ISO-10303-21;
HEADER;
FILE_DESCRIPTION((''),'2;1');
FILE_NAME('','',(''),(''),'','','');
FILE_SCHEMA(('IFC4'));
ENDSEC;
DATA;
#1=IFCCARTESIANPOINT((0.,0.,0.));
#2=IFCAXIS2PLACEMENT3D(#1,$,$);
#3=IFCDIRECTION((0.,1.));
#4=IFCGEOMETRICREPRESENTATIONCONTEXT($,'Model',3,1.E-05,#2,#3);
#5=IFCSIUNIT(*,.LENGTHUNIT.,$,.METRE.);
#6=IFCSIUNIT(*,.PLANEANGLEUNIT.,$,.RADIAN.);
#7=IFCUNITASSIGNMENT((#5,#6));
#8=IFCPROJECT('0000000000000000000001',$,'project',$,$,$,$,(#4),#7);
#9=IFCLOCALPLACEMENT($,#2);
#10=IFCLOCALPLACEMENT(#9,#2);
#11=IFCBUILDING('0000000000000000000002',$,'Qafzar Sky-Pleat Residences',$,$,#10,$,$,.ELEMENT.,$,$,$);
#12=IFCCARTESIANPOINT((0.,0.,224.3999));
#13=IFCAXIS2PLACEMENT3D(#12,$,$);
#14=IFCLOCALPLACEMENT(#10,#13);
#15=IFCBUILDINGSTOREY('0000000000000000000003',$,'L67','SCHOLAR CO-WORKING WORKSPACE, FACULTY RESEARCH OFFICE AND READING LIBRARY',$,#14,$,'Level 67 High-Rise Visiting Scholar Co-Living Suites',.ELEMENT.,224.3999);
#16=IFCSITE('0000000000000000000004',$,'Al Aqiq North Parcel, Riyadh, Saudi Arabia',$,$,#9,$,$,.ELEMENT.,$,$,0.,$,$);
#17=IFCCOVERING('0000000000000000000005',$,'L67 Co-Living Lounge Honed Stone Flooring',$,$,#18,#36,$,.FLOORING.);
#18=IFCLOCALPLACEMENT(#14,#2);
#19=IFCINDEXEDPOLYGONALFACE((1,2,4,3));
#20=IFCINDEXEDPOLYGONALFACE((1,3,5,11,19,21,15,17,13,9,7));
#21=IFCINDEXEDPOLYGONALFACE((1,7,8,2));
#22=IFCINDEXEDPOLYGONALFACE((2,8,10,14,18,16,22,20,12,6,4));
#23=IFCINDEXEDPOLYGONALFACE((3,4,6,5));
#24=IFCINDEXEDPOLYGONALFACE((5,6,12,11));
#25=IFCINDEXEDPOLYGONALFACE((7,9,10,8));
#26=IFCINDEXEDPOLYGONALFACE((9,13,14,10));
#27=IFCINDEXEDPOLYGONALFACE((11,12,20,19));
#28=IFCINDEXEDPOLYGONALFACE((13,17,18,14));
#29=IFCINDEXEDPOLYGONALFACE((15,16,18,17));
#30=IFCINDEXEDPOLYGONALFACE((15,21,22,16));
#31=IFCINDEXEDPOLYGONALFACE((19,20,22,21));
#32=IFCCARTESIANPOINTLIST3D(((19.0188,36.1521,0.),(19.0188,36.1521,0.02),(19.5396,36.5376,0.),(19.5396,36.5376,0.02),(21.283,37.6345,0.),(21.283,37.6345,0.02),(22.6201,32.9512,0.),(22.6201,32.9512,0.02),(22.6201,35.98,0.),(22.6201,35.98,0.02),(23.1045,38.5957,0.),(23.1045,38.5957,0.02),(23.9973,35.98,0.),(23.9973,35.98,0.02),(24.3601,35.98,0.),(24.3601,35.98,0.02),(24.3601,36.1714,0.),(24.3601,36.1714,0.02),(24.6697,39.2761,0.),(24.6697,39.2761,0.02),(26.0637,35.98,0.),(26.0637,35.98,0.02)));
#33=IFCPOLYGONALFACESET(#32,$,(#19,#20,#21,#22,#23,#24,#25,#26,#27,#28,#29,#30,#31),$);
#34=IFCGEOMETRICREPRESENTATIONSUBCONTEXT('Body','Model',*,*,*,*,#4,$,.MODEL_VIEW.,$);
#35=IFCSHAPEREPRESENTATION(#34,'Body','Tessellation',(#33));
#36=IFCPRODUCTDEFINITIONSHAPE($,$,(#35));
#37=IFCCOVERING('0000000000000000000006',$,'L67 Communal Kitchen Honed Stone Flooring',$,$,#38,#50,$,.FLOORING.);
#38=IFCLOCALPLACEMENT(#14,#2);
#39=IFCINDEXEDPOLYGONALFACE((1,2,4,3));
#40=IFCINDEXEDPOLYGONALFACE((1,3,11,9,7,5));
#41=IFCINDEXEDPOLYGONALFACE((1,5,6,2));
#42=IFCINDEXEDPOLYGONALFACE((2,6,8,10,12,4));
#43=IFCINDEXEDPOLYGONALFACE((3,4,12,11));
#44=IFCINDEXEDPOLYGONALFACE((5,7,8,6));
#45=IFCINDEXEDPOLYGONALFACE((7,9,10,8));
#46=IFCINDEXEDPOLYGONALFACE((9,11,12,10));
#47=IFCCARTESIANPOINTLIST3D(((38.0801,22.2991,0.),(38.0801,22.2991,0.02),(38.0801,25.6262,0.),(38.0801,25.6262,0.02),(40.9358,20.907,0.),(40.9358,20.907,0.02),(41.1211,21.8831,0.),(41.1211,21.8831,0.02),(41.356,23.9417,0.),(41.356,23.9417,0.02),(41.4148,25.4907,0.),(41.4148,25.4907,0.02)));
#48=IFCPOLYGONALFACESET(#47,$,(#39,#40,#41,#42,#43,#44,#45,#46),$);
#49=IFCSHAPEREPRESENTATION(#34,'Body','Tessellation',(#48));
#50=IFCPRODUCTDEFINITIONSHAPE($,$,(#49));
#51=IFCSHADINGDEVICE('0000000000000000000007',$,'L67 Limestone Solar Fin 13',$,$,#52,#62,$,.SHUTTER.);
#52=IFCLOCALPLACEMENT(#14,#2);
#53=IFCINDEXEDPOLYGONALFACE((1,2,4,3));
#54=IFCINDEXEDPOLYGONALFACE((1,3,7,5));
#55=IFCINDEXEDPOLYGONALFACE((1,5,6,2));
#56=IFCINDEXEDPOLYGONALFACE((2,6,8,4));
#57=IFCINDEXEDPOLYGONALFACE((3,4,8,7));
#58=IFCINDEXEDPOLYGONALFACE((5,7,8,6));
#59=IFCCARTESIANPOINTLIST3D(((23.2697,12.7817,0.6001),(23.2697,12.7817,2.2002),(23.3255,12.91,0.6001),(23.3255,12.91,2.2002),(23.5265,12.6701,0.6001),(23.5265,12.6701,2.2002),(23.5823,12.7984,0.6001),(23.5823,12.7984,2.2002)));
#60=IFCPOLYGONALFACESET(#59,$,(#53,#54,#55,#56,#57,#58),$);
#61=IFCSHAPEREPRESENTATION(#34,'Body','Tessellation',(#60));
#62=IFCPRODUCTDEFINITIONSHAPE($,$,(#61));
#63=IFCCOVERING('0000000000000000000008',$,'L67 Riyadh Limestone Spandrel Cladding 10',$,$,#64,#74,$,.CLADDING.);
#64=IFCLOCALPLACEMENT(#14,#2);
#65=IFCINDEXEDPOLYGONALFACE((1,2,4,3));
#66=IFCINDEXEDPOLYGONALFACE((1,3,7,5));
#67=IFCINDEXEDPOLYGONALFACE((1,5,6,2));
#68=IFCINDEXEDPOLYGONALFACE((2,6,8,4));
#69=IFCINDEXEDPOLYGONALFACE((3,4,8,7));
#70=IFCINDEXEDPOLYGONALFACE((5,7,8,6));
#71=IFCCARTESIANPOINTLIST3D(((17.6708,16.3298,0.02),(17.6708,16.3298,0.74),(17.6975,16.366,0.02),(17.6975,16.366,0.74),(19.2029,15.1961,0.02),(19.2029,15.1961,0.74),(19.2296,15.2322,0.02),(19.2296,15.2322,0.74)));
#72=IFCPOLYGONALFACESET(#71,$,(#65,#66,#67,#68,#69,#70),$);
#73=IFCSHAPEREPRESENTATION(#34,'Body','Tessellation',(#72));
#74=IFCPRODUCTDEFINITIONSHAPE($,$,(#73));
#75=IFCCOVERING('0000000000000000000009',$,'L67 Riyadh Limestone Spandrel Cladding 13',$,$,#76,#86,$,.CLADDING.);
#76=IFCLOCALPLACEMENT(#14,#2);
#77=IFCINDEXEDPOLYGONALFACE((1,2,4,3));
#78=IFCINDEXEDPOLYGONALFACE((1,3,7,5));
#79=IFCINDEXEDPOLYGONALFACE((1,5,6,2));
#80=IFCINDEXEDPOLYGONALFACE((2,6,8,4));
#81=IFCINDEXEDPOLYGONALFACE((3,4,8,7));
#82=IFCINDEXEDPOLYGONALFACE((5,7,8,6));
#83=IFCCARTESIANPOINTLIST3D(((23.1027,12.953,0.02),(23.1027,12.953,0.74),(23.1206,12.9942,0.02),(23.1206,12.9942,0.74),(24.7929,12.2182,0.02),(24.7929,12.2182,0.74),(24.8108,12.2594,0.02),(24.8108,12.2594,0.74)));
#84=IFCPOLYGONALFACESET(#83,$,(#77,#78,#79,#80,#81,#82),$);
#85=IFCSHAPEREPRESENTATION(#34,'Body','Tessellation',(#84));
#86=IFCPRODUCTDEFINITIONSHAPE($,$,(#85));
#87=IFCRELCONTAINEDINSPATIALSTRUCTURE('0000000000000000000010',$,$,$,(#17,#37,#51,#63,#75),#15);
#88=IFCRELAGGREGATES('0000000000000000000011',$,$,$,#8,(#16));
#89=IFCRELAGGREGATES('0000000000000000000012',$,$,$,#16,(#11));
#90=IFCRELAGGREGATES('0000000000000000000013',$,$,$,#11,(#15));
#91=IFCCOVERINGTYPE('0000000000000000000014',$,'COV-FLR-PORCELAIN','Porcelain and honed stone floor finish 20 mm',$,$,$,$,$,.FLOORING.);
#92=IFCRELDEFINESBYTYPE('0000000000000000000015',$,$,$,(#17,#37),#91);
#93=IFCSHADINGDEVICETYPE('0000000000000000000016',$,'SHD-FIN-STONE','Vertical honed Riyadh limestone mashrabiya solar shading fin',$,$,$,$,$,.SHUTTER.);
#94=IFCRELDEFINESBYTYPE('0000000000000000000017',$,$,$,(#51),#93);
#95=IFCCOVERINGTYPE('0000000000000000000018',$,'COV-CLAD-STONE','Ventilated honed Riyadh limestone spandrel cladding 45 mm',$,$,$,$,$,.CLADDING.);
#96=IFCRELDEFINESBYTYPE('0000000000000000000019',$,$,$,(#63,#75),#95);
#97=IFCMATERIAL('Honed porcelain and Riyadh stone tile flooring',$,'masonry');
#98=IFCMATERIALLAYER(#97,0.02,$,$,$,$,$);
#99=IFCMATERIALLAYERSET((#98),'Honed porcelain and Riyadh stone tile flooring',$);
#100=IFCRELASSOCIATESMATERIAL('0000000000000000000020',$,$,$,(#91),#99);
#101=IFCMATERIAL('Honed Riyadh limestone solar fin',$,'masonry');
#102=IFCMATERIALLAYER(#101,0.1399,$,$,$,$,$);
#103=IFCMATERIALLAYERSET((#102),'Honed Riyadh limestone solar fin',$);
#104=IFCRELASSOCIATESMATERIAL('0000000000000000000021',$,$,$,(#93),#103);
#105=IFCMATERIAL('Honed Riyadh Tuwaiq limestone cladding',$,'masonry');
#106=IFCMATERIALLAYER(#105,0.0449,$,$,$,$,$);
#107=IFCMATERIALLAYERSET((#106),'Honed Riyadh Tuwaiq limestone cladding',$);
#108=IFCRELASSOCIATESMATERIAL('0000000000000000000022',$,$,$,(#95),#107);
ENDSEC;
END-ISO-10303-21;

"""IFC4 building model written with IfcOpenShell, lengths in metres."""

from ifc_helpers import new_model, si_unit, direction, frame, origin, origin_2d, place, context, subcontext, project, spatial, polyline, rectangle, outline, extrude, source, transform, mapped, material, layer, layer_set, type_object, element, save


model = new_model("IFC4")

# Units and contexts
model_context = context("Model", 3, precision=1e-05, world=origin(), true_north=direction((0.0, 1.0)))
body_context = subcontext(model_context, "Body", "Model", "MODEL_VIEW")
ifc_project = project(units=[si_unit("LENGTHUNIT", "METRE"), si_unit("PLANEANGLEUNIT", "RADIAN")], contexts=[model_context])

# Site, building, storey
site_placement = place(None, origin())
site = spatial("IfcSite", under=ifc_project, at=site_placement, Name="Al Aqiq North Parcel, Riyadh, Saudi Arabia", CompositionType="ELEMENT", RefElevation=0.0)
building_placement = place(site_placement, origin())
building = spatial("IfcBuilding", under=site, at=building_placement, Name="Qafzar Sky-Pleat Residences", CompositionType="ELEMENT")
storey_placement = place(building_placement, frame((0.0, 0.0, 224.3999)))
storey = spatial("IfcBuildingStorey", under=building, at=storey_placement, Name="L67", Description="SCHOLAR CO-WORKING WORKSPACE, FACULTY RESEARCH OFFICE AND READING LIBRARY", LongName="Level 67 High-Rise Visiting Scholar Co-Living Suites", CompositionType="ELEMENT", Elevation=224.3999)

# Coverings
ifc_material_1 = material(Name="Honed porcelain and Riyadh stone tile flooring", Category="masonry")
ifc_layer_1 = layer(ifc_material_1, 0.02)
ifc_layer_set_1 = layer_set([ifc_layer_1], Name="Honed porcelain and Riyadh stone tile flooring")
covering_type_1 = type_object("IfcCoveringType", Name="COV-FLR-PORCELAIN", Description="Porcelain and honed stone floor finish 20 mm", PredefinedType="FLOORING", material=ifc_layer_set_1)
covering_1_placement = place(storey_placement, origin())
element("IfcCovering", 1, at=covering_1_placement, inside=storey, type_object=covering_type_1, Name="L67 Co-Living Lounge Honed Stone Flooring", PredefinedType="FLOORING", context=body_context, shape_type="SweptSolid", body=[
    extrude(outline(polyline([(19.5396, 36.5376), (21.283, 37.6345), (23.1045, 38.5957), (24.6697, 39.2761), (26.0637, 35.98), (24.3601, 35.98), (24.3601, 36.1714), (23.9973, 35.98), (22.6201, 35.98), (22.6201, 32.9512), (19.0188, 36.1521), (19.5396, 36.5376)])), origin(), (0.0, 0.0, 1.0), 0.02),
])
covering_2_placement = place(storey_placement, origin())
element("IfcCovering", 2, at=covering_2_placement, inside=storey, type_object=covering_type_1, Name="L67 Communal Kitchen Honed Stone Flooring", PredefinedType="FLOORING", context=body_context, shape_type="SweptSolid", body=[
    extrude(outline(polyline([(41.356, 23.9417), (41.1211, 21.8831), (40.9358, 20.907), (38.0801, 22.2991), (38.0801, 25.6262), (41.4148, 25.4907), (41.356, 23.9417)])), origin(), (0.0, 0.0, 1.0), 0.02),
])

# Shading device
ifc_material_2 = material(Name="Honed Riyadh limestone solar fin", Category="masonry")
ifc_layer_2 = layer(ifc_material_2, 0.1399)
ifc_layer_set_2 = layer_set([ifc_layer_2], Name="Honed Riyadh limestone solar fin")
shading_device_type = type_object("IfcShadingDeviceType", Name="SHD-FIN-STONE", Description="Vertical honed Riyadh limestone mashrabiya solar shading fin", PredefinedType="SHUTTER", material=ifc_layer_set_2)
shared_shape_1 = source(origin(), body_context, "Body", "SweptSolid", [
    extrude(rectangle(XDim=0.1399, YDim=0.28, at=origin_2d()), origin(), (0.0, 0.0, 1.0), 1.6001),
])
shading_device_placement = place(storey_placement, frame((23.426, 12.79, 0.6001), z_axis=(0.0, 0.0, 1.0), x_axis=(-0.398679, -0.91709, 0.0)))
element("IfcShadingDevice", 3, at=shading_device_placement, inside=storey, type_object=shading_device_type, Name="L67 Limestone Solar Fin 13", PredefinedType="SHUTTER", context=body_context, shape_type="MappedRepresentation", body=[
    mapped(shared_shape_1, transform((0.0, 0.0, 0.0), x_axis=(1.0, 0.0, 0.0), y_axis=(0.0, 1.0, 0.0), z_axis=(0.0, 0.0, 1.0), scale=1.0)),
])

# Coverings
ifc_material_3 = material(Name="Honed Riyadh Tuwaiq limestone cladding", Category="masonry")
ifc_layer_3 = layer(ifc_material_3, 0.0449)
ifc_layer_set_3 = layer_set([ifc_layer_3], Name="Honed Riyadh Tuwaiq limestone cladding")
covering_type_2 = type_object("IfcCoveringType", Name="COV-CLAD-STONE", Description="Ventilated honed Riyadh limestone spandrel cladding 45 mm", PredefinedType="CLADDING", material=ifc_layer_set_3)
shared_shape_2 = source(origin(), body_context, "Body", "SweptSolid", [
    extrude(rectangle(XDim=1.906, YDim=0.0449, at=origin_2d()), origin(), (0.0, 0.0, 1.0), 0.72),
])
covering_3_placement = place(storey_placement, frame((18.4502, 15.781, 0.02), z_axis=(0.0, 0.0, 1.0), x_axis=(0.803836, -0.59485, 0.0)))
element("IfcCovering", 4, at=covering_3_placement, inside=storey, type_object=covering_type_2, Name="L67 Riyadh Limestone Spandrel Cladding 10", PredefinedType="CLADDING", context=body_context, shape_type="MappedRepresentation", body=[
    mapped(shared_shape_2, transform((0.0, 0.0, 0.0), x_axis=(1.0, 0.0, 0.0), y_axis=(0.0, 1.0, 0.0), z_axis=(0.0, 0.0, 1.0), scale=1.0)),
])
shared_shape_3 = source(origin(), body_context, "Body", "SweptSolid", [
    extrude(rectangle(XDim=1.843, YDim=0.0449, at=origin_2d()), origin(), (0.0, 0.0, 1.0), 0.72),
])
covering_4_placement = place(storey_placement, frame((23.9568, 12.6062, 0.02), z_axis=(0.0, 0.0, 1.0), x_axis=(0.917084, -0.398694, 0.0)))
element("IfcCovering", 5, at=covering_4_placement, inside=storey, type_object=covering_type_2, Name="L67 Riyadh Limestone Spandrel Cladding 13", PredefinedType="CLADDING", context=body_context, shape_type="MappedRepresentation", body=[
    mapped(shared_shape_3, transform((0.0, 0.0, 0.0), x_axis=(1.0, 0.0, 0.0), y_axis=(0.0, 1.0, 0.0), z_axis=(0.0, 0.0, 1.0), scale=1.0)),
])

save(model, "model.ifc")
